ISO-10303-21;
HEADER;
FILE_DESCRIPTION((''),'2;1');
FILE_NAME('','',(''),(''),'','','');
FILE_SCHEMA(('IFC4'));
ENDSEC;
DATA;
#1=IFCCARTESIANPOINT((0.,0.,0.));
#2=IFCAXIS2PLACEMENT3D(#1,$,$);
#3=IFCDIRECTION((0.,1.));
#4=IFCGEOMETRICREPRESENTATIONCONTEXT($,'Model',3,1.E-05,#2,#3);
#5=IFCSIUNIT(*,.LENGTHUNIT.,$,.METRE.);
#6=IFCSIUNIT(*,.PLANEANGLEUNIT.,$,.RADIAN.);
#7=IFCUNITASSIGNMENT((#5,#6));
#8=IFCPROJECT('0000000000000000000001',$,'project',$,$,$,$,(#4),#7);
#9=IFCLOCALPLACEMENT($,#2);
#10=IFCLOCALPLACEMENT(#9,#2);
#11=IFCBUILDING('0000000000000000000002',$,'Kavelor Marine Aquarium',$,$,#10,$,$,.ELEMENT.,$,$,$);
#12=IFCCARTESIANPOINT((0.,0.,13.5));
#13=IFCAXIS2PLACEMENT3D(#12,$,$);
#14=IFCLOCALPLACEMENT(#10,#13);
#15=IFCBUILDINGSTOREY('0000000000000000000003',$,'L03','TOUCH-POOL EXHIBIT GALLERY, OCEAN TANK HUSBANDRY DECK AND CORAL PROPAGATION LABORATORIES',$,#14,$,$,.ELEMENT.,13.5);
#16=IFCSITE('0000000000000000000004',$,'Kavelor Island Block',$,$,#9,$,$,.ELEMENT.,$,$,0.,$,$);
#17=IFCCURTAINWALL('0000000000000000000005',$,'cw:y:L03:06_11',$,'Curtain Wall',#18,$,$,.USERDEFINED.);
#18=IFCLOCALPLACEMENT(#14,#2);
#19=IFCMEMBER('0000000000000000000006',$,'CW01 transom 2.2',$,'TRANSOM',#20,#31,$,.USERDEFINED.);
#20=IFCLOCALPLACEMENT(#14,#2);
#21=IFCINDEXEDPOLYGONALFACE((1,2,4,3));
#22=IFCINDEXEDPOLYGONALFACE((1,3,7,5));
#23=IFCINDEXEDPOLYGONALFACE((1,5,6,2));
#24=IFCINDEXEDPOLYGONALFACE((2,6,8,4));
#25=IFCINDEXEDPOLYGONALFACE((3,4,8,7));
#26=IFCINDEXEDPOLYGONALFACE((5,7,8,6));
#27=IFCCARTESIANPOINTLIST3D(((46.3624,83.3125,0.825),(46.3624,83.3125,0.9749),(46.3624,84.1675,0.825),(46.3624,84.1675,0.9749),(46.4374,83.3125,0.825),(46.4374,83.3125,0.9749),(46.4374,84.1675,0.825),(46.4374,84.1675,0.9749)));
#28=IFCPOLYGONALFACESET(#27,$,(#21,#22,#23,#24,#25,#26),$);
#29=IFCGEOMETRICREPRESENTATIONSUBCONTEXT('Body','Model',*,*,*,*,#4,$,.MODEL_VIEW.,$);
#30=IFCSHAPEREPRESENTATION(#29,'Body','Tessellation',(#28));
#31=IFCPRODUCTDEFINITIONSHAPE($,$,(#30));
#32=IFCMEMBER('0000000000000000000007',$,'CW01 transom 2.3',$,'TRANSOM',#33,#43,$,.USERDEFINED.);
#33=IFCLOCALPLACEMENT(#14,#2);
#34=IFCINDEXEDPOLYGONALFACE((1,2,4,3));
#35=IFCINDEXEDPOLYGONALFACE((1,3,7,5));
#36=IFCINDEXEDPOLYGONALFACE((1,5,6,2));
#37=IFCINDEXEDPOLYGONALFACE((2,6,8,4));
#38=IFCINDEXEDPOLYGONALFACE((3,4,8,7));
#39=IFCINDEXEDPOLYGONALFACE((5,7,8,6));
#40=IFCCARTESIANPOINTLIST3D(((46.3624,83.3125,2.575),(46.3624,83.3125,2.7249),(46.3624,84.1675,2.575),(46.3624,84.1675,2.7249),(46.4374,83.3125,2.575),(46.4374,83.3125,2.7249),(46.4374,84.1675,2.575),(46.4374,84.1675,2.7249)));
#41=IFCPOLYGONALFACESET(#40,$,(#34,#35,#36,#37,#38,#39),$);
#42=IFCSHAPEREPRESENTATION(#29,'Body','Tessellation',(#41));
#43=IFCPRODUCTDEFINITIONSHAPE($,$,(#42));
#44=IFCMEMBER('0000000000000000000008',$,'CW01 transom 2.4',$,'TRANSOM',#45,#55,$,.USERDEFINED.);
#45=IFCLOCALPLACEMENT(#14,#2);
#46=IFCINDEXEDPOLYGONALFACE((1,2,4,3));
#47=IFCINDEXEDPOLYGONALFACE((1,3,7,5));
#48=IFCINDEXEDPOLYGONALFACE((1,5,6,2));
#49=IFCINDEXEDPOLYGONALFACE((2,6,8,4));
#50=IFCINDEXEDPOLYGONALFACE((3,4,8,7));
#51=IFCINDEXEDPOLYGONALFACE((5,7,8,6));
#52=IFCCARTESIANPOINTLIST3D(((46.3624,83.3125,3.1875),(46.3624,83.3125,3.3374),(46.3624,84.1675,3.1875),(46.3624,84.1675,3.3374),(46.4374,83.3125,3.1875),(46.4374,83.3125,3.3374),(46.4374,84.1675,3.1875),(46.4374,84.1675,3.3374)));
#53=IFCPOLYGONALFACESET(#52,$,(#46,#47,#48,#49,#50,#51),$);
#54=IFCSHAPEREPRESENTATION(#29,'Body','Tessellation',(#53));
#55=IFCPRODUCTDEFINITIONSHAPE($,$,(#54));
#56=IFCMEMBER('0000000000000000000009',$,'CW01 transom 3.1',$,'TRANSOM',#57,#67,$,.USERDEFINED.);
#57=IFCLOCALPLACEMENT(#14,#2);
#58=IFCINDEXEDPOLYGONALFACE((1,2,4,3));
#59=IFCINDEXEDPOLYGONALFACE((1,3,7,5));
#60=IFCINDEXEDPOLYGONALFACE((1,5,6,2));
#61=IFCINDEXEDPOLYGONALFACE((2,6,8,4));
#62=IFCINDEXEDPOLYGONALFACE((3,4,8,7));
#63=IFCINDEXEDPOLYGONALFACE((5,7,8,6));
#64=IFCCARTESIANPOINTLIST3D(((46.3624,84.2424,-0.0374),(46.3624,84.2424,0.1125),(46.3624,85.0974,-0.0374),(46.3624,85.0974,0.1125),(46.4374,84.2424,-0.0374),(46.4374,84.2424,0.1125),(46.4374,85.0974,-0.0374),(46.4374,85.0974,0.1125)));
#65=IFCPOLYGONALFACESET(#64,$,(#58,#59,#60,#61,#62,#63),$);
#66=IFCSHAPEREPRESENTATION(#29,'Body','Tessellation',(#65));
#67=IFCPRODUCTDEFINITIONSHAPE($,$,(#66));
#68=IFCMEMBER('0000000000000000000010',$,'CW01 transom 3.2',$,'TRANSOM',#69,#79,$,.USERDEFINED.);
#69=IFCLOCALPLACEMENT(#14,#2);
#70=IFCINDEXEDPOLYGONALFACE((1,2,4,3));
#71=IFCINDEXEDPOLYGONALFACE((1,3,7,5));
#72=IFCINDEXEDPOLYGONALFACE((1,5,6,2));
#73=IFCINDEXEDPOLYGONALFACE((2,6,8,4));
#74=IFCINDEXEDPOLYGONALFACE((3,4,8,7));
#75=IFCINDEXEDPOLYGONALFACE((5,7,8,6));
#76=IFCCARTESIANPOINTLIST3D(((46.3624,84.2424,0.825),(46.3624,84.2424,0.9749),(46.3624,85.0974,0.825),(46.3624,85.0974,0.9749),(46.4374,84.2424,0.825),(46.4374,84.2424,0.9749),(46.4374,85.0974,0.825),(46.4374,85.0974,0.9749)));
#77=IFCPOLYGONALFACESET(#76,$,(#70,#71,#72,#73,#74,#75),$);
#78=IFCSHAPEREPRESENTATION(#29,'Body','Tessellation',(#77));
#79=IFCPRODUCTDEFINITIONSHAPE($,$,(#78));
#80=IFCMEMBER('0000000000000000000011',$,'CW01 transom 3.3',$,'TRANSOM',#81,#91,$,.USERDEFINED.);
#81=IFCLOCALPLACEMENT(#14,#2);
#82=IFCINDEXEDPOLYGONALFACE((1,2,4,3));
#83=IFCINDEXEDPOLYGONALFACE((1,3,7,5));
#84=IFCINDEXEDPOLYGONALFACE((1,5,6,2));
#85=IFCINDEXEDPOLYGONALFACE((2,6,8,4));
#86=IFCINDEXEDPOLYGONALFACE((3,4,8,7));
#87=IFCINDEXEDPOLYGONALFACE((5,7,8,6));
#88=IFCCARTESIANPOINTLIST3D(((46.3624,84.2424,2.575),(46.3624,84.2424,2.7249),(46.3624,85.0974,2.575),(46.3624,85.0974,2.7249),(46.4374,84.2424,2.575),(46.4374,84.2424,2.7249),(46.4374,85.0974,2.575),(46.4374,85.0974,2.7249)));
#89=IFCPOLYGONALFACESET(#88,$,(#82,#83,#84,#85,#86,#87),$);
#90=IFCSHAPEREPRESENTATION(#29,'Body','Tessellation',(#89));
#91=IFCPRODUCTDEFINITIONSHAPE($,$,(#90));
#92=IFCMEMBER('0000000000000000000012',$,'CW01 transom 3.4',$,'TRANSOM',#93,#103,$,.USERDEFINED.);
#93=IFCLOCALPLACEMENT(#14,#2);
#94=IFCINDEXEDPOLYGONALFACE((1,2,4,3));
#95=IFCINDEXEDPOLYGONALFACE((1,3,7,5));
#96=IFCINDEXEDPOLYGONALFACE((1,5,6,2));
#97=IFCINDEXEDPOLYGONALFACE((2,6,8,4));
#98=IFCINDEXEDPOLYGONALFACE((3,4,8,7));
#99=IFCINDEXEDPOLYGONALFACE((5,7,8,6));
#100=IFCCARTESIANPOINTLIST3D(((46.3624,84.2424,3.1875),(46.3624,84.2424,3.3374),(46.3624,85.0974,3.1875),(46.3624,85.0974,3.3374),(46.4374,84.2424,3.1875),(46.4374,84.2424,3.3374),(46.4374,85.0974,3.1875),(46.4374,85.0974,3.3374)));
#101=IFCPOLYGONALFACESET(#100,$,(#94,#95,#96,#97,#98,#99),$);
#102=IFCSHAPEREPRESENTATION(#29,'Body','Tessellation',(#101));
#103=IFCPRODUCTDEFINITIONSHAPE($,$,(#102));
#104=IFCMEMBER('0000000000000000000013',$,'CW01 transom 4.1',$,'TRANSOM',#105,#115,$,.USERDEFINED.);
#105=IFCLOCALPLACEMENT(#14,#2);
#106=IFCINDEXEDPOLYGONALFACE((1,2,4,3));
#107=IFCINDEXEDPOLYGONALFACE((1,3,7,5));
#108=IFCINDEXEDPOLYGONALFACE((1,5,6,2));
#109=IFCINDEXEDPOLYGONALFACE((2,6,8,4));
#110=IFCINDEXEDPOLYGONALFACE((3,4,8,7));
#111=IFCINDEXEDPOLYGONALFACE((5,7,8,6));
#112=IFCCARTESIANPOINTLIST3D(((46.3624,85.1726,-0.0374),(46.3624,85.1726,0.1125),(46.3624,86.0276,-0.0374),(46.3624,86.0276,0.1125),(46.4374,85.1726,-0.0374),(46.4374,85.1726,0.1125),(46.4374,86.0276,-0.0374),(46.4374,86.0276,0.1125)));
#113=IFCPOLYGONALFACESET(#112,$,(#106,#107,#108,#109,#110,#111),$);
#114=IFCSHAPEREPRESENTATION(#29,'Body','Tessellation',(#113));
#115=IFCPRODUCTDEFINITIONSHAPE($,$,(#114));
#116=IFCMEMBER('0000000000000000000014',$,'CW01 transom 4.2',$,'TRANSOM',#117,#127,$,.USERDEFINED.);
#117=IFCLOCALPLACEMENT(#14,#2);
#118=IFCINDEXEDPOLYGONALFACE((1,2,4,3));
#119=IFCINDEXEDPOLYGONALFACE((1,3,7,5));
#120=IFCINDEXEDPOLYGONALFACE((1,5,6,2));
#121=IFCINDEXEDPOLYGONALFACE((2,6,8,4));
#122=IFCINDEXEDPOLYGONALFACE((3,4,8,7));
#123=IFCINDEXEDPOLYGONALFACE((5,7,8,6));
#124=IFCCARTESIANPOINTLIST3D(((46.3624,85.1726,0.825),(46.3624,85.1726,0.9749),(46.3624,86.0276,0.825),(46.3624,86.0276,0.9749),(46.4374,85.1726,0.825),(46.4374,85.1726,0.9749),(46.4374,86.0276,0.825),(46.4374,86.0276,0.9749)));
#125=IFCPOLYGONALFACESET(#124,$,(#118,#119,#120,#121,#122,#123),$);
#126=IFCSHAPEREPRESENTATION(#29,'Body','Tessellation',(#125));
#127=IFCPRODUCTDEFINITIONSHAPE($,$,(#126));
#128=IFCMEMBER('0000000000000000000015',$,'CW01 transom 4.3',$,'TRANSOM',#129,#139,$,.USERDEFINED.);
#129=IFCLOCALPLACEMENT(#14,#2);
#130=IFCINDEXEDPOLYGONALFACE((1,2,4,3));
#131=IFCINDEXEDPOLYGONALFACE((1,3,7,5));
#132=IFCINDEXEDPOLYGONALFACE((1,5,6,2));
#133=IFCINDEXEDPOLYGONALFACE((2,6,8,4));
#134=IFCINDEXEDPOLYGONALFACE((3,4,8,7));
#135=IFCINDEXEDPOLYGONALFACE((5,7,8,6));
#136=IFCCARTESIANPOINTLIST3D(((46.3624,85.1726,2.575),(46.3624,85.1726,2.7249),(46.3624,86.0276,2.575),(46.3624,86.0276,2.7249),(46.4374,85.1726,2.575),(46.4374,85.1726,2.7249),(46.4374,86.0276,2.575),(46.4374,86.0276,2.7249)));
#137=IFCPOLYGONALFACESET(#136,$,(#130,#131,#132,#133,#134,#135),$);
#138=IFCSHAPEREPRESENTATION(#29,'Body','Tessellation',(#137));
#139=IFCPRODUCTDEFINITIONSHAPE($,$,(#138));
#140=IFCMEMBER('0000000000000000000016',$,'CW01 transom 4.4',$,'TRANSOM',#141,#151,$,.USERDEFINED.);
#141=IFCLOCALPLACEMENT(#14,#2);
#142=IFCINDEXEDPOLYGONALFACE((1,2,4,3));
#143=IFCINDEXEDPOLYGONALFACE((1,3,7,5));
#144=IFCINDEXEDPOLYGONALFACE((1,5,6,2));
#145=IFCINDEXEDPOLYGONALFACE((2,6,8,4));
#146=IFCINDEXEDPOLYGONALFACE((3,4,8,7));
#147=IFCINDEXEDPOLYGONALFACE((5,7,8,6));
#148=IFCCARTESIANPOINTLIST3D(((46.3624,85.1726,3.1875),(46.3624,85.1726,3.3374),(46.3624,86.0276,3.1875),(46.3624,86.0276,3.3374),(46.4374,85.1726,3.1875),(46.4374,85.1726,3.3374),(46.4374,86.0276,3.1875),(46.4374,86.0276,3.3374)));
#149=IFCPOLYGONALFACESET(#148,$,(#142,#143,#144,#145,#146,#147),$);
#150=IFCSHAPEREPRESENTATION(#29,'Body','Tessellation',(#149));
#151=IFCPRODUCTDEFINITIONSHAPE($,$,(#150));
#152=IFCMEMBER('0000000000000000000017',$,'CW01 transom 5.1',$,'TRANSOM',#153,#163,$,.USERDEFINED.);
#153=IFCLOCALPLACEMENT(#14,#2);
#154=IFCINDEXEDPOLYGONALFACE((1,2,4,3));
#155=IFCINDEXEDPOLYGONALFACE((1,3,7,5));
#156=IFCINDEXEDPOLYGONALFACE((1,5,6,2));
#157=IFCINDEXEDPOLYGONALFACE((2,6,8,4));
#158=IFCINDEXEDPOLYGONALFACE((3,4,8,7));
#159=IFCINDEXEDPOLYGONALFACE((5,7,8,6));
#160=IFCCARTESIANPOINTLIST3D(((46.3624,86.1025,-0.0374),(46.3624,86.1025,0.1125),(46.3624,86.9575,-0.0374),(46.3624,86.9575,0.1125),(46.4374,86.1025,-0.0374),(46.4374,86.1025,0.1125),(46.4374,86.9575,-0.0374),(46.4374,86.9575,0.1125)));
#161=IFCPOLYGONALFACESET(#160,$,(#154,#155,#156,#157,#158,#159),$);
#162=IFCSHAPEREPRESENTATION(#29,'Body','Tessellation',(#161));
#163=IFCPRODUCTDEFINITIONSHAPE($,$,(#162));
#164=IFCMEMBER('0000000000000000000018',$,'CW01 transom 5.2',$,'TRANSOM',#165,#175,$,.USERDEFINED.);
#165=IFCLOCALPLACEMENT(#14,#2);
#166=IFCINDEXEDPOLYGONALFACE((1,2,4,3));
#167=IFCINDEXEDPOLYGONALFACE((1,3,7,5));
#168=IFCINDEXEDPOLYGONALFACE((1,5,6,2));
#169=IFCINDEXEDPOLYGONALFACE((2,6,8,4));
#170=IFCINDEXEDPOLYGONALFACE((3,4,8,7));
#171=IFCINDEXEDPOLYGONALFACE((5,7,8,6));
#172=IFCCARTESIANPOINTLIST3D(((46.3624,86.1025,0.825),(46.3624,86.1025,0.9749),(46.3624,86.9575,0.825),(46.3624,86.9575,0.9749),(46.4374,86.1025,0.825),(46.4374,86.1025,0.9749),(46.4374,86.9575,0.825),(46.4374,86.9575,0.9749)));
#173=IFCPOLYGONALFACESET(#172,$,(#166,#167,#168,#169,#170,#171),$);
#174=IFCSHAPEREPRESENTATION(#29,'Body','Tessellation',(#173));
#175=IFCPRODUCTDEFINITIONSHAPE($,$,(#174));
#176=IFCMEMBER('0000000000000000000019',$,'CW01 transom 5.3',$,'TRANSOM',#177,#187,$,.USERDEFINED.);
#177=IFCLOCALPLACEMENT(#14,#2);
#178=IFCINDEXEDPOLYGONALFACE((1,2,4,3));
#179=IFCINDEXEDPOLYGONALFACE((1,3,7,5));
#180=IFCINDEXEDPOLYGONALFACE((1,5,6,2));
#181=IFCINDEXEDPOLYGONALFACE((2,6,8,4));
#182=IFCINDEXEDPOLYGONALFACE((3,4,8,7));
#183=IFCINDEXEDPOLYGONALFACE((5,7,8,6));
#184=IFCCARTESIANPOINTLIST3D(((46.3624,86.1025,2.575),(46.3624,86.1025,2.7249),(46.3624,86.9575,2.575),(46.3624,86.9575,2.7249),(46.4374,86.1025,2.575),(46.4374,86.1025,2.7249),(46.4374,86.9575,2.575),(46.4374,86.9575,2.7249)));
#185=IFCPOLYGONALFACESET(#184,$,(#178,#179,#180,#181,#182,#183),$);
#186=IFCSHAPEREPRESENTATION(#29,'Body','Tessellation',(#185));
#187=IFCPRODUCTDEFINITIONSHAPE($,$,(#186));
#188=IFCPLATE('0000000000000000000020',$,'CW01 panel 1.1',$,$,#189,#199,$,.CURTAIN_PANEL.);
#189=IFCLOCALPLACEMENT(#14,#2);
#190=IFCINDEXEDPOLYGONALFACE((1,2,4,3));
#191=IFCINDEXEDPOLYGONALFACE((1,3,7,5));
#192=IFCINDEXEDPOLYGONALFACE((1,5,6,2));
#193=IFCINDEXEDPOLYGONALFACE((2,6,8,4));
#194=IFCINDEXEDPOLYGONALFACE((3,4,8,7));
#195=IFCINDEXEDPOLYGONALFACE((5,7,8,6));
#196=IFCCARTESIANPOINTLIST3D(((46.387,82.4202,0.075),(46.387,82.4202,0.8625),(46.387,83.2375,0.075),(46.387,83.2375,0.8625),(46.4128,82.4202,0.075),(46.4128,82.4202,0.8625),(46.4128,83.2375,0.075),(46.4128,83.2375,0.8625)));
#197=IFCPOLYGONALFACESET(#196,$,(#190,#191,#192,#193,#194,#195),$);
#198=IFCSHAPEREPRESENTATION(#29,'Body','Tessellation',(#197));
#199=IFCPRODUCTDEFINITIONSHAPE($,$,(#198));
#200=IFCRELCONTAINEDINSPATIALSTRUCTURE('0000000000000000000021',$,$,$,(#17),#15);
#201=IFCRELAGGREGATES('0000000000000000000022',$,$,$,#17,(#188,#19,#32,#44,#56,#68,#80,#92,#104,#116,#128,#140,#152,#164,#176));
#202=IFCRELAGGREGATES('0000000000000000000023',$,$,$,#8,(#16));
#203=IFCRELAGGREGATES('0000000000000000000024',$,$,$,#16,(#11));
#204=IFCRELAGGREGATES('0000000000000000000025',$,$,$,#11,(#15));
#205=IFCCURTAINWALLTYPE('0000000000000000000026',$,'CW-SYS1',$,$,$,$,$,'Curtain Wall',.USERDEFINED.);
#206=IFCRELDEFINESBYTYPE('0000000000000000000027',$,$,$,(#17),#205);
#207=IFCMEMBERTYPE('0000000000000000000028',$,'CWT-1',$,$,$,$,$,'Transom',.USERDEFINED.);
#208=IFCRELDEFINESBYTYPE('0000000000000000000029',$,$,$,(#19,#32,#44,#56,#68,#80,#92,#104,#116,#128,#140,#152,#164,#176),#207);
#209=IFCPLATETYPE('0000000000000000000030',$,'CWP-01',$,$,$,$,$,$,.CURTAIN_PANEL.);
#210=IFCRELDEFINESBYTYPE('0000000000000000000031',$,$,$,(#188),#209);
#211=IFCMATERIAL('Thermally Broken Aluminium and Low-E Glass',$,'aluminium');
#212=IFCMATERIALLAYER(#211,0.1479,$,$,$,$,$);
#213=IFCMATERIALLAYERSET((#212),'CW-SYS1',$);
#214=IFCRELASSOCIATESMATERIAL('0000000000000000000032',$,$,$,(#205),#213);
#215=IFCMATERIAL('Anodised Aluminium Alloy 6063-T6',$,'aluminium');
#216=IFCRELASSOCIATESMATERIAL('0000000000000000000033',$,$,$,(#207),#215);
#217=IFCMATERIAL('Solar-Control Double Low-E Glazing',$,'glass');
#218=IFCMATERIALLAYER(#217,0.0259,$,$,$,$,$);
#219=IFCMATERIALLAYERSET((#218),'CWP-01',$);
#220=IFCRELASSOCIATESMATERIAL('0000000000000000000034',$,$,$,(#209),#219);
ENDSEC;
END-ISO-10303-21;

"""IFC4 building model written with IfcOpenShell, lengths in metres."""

from ifc_helpers import new_model, si_unit, direction, frame, origin, origin_2d, place, context, subcontext, project, spatial, rectangle, extrude, material, layer, layer_set, material_profile, profile_set, type_object, element, aggregate, save


model = new_model("IFC4")

# Units and contexts
model_context = context("Model", 3, precision=1e-05, world=origin(), true_north=direction((0.0, 1.0)))
body_context = subcontext(model_context, "Body", "Model", "MODEL_VIEW")
ifc_project = project(units=[si_unit("LENGTHUNIT", "METRE"), si_unit("PLANEANGLEUNIT", "RADIAN")], contexts=[model_context])

# Site, building, storey
site_placement = place(None, origin())
site = spatial("IfcSite", under=ifc_project, at=site_placement, Name="Kavelor Island Block", CompositionType="ELEMENT", RefElevation=0.0)
building_placement = place(site_placement, origin())
building = spatial("IfcBuilding", under=site, at=building_placement, Name="Kavelor Marine Aquarium", CompositionType="ELEMENT")
storey_placement = place(building_placement, frame((0.0, 0.0, 13.5)))
storey = spatial("IfcBuildingStorey", under=building, at=storey_placement, Name="L03", Description="TOUCH-POOL EXHIBIT GALLERY, OCEAN TANK HUSBANDRY DECK AND CORAL PROPAGATION LABORATORIES", CompositionType="ELEMENT", Elevation=13.5)

# Curtain wall
ifc_material_1 = material(Name="Thermally Broken Aluminium and Low-E Glass", Category="aluminium")
ifc_layer_1 = layer(ifc_material_1, 0.1479)
ifc_layer_set_1 = layer_set([ifc_layer_1], Name="CW-SYS1")
curtain_wall_type_1 = type_object("IfcCurtainWallType", Name="CW-SYS1", ElementType="Curtain Wall", PredefinedType="USERDEFINED", material=ifc_layer_set_1)
curtain_wall_1_placement = place(storey_placement, origin())
curtain_wall_1 = element("IfcCurtainWall", 1, at=curtain_wall_1_placement, inside=storey, type_object=curtain_wall_type_1, Name="cw:y:L03:06_11", ObjectType="Curtain Wall", PredefinedType="USERDEFINED")
ifc_material_2 = material(Name="Anodised Aluminium Alloy 6063-T6", Category="aluminium")
ifc_material_profile_1 = material_profile(ifc_material_2, rectangle(XDim=0.075, YDim=0.1499, at=origin_2d()), Name="CW-TRN 75x150")
ifc_profile_set_1 = profile_set([ifc_material_profile_1], Name="Anodised Aluminium Alloy 6063-T6")
member_type_1 = type_object("IfcMemberType", Name="CWT-1", ElementType="Transom", PredefinedType="USERDEFINED", material=ifc_profile_set_1)

# Members
member_1_placement = place(storey_placement, frame((46.3999, 83.3125, 0.8999), z_axis=(0.0, 1.0, 0.0), x_axis=(-1.0, 0.0, 0.0)))
member_1 = element("IfcMember", 2, at=member_1_placement, type_object=member_type_1, Name="CW01 transom 2.2", ObjectType="TRANSOM", PredefinedType="USERDEFINED", context=body_context, shape_type="SweptSolid", body=[
    extrude(rectangle(XDim=0.075, YDim=0.1499, at=origin_2d()), origin(), (0.0, 0.0, 1.0), 0.855),
])
member_2_placement = place(storey_placement, frame((46.3999, 83.3125, 2.6499), z_axis=(0.0, 1.0, 0.0), x_axis=(-1.0, 0.0, 0.0)))
member_2 = element("IfcMember", 3, at=member_2_placement, type_object=member_type_1, Name="CW01 transom 2.3", ObjectType="TRANSOM", PredefinedType="USERDEFINED", context=body_context, shape_type="SweptSolid", body=[
    extrude(rectangle(XDim=0.075, YDim=0.1499, at=origin_2d()), origin(), (0.0, 0.0, 1.0), 0.855),
])
member_3_placement = place(storey_placement, frame((46.3999, 83.3125, 3.2625), z_axis=(0.0, 1.0, 0.0), x_axis=(-1.0, 0.0, 0.0)))
member_3 = element("IfcMember", 4, at=member_3_placement, type_object=member_type_1, Name="CW01 transom 2.4", ObjectType="TRANSOM", PredefinedType="USERDEFINED", context=body_context, shape_type="SweptSolid", body=[
    extrude(rectangle(XDim=0.075, YDim=0.1499, at=origin_2d()), origin(), (0.0, 0.0, 1.0), 0.855),
])
member_4_placement = place(storey_placement, frame((46.3999, 84.2424, 0.0376), z_axis=(0.0, 1.0, 0.0), x_axis=(-1.0, 0.0, 0.0)))
member_4 = element("IfcMember", 5, at=member_4_placement, type_object=member_type_1, Name="CW01 transom 3.1", ObjectType="TRANSOM", PredefinedType="USERDEFINED", context=body_context, shape_type="SweptSolid", body=[
    extrude(rectangle(XDim=0.075, YDim=0.1499, at=origin_2d()), origin(), (0.0, 0.0, 1.0), 0.855),
])
member_5_placement = place(storey_placement, frame((46.3999, 84.2424, 0.8999), z_axis=(0.0, 1.0, 0.0), x_axis=(-1.0, 0.0, 0.0)))
member_5 = element("IfcMember", 6, at=member_5_placement, type_object=member_type_1, Name="CW01 transom 3.2", ObjectType="TRANSOM", PredefinedType="USERDEFINED", context=body_context, shape_type="SweptSolid", body=[
    extrude(rectangle(XDim=0.075, YDim=0.1499, at=origin_2d()), origin(), (0.0, 0.0, 1.0), 0.855),
])
member_6_placement = place(storey_placement, frame((46.3999, 84.2424, 2.6499), z_axis=(0.0, 1.0, 0.0), x_axis=(-1.0, 0.0, 0.0)))
member_6 = element("IfcMember", 7, at=member_6_placement, type_object=member_type_1, Name="CW01 transom 3.3", ObjectType="TRANSOM", PredefinedType="USERDEFINED", context=body_context, shape_type="SweptSolid", body=[
    extrude(rectangle(XDim=0.075, YDim=0.1499, at=origin_2d()), origin(), (0.0, 0.0, 1.0), 0.855),
])
member_7_placement = place(storey_placement, frame((46.3999, 84.2424, 3.2625), z_axis=(0.0, 1.0, 0.0), x_axis=(-1.0, 0.0, 0.0)))
member_7 = element("IfcMember", 8, at=member_7_placement, type_object=member_type_1, Name="CW01 transom 3.4", ObjectType="TRANSOM", PredefinedType="USERDEFINED", context=body_context, shape_type="SweptSolid", body=[
    extrude(rectangle(XDim=0.075, YDim=0.1499, at=origin_2d()), origin(), (0.0, 0.0, 1.0), 0.855),
])
member_8_placement = place(storey_placement, frame((46.3999, 85.1726, 0.0376), z_axis=(0.0, 1.0, 0.0), x_axis=(-1.0, 0.0, 0.0)))
member_8 = element("IfcMember", 9, at=member_8_placement, type_object=member_type_1, Name="CW01 transom 4.1", ObjectType="TRANSOM", PredefinedType="USERDEFINED", context=body_context, shape_type="SweptSolid", body=[
    extrude(rectangle(XDim=0.075, YDim=0.1499, at=origin_2d()), origin(), (0.0, 0.0, 1.0), 0.855),
])
member_9_placement = place(storey_placement, frame((46.3999, 85.1726, 0.8999), z_axis=(0.0, 1.0, 0.0), x_axis=(-1.0, 0.0, 0.0)))
member_9 = element("IfcMember", 10, at=member_9_placement, type_object=member_type_1, Name="CW01 transom 4.2", ObjectType="TRANSOM", PredefinedType="USERDEFINED", context=body_context, shape_type="SweptSolid", body=[
    extrude(rectangle(XDim=0.075, YDim=0.1499, at=origin_2d()), origin(), (0.0, 0.0, 1.0), 0.855),
])
member_10_placement = place(storey_placement, frame((46.3999, 85.1726, 2.6499), z_axis=(0.0, 1.0, 0.0), x_axis=(-1.0, 0.0, 0.0)))
member_10 = element("IfcMember", 11, at=member_10_placement, type_object=member_type_1, Name="CW01 transom 4.3", ObjectType="TRANSOM", PredefinedType="USERDEFINED", context=body_context, shape_type="SweptSolid", body=[
    extrude(rectangle(XDim=0.075, YDim=0.1499, at=origin_2d()), origin(), (0.0, 0.0, 1.0), 0.855),
])
member_11_placement = place(storey_placement, frame((46.3999, 85.1726, 3.2625), z_axis=(0.0, 1.0, 0.0), x_axis=(-1.0, 0.0, 0.0)))
member_11 = element("IfcMember", 12, at=member_11_placement, type_object=member_type_1, Name="CW01 transom 4.4", ObjectType="TRANSOM", PredefinedType="USERDEFINED", context=body_context, shape_type="SweptSolid", body=[
    extrude(rectangle(XDim=0.075, YDim=0.1499, at=origin_2d()), origin(), (0.0, 0.0, 1.0), 0.855),
])
member_12_placement = place(storey_placement, frame((46.3999, 86.1025, 0.0376), z_axis=(0.0, 1.0, 0.0), x_axis=(-1.0, 0.0, 0.0)))
member_12 = element("IfcMember", 13, at=member_12_placement, type_object=member_type_1, Name="CW01 transom 5.1", ObjectType="TRANSOM", PredefinedType="USERDEFINED", context=body_context, shape_type="SweptSolid", body=[
    extrude(rectangle(XDim=0.075, YDim=0.1499, at=origin_2d()), origin(), (0.0, 0.0, 1.0), 0.855),
])
member_13_placement = place(storey_placement, frame((46.3999, 86.1025, 0.8999), z_axis=(0.0, 1.0, 0.0), x_axis=(-1.0, 0.0, 0.0)))
member_13 = element("IfcMember", 14, at=member_13_placement, type_object=member_type_1, Name="CW01 transom 5.2", ObjectType="TRANSOM", PredefinedType="USERDEFINED", context=body_context, shape_type="SweptSolid", body=[
    extrude(rectangle(XDim=0.075, YDim=0.1499, at=origin_2d()), origin(), (0.0, 0.0, 1.0), 0.855),
])
member_14_placement = place(storey_placement, frame((46.3999, 86.1025, 2.6499), z_axis=(0.0, 1.0, 0.0), x_axis=(-1.0, 0.0, 0.0)))
member_14 = element("IfcMember", 15, at=member_14_placement, type_object=member_type_1, Name="CW01 transom 5.3", ObjectType="TRANSOM", PredefinedType="USERDEFINED", context=body_context, shape_type="SweptSolid", body=[
    extrude(rectangle(XDim=0.075, YDim=0.1499, at=origin_2d()), origin(), (0.0, 0.0, 1.0), 0.855),
])

# Plate
ifc_material_3 = material(Name="Solar-Control Double Low-E Glazing", Category="glass")
ifc_layer_2 = layer(ifc_material_3, 0.0259)
ifc_layer_set_2 = layer_set([ifc_layer_2], Name="CWP-01")
plate_type = type_object("IfcPlateType", Name="CWP-01", PredefinedType="CURTAIN_PANEL", material=ifc_layer_set_2)
plate_1_placement = place(storey_placement, frame((46.3999, 82.8289, 0.075), z_axis=(0.0, 0.0, 1.0), x_axis=(0.0, 1.0, 0.0)))
plate_1 = element("IfcPlate", 16, at=plate_1_placement, type_object=plate_type, Name="CW01 panel 1.1", PredefinedType="CURTAIN_PANEL", context=body_context, shape_type="SweptSolid", body=[
    extrude(rectangle(XDim=0.8174, YDim=0.0259, at=origin_2d()), origin(), (0.0, 0.0, 1.0), 0.7876),
])
aggregate(curtain_wall_1, [plate_1, member_1, member_2, member_3, member_4, member_5, member_6, member_7, member_8, member_9, member_10, member_11, member_12, member_13, member_14])

save(model, "model.ifc")
